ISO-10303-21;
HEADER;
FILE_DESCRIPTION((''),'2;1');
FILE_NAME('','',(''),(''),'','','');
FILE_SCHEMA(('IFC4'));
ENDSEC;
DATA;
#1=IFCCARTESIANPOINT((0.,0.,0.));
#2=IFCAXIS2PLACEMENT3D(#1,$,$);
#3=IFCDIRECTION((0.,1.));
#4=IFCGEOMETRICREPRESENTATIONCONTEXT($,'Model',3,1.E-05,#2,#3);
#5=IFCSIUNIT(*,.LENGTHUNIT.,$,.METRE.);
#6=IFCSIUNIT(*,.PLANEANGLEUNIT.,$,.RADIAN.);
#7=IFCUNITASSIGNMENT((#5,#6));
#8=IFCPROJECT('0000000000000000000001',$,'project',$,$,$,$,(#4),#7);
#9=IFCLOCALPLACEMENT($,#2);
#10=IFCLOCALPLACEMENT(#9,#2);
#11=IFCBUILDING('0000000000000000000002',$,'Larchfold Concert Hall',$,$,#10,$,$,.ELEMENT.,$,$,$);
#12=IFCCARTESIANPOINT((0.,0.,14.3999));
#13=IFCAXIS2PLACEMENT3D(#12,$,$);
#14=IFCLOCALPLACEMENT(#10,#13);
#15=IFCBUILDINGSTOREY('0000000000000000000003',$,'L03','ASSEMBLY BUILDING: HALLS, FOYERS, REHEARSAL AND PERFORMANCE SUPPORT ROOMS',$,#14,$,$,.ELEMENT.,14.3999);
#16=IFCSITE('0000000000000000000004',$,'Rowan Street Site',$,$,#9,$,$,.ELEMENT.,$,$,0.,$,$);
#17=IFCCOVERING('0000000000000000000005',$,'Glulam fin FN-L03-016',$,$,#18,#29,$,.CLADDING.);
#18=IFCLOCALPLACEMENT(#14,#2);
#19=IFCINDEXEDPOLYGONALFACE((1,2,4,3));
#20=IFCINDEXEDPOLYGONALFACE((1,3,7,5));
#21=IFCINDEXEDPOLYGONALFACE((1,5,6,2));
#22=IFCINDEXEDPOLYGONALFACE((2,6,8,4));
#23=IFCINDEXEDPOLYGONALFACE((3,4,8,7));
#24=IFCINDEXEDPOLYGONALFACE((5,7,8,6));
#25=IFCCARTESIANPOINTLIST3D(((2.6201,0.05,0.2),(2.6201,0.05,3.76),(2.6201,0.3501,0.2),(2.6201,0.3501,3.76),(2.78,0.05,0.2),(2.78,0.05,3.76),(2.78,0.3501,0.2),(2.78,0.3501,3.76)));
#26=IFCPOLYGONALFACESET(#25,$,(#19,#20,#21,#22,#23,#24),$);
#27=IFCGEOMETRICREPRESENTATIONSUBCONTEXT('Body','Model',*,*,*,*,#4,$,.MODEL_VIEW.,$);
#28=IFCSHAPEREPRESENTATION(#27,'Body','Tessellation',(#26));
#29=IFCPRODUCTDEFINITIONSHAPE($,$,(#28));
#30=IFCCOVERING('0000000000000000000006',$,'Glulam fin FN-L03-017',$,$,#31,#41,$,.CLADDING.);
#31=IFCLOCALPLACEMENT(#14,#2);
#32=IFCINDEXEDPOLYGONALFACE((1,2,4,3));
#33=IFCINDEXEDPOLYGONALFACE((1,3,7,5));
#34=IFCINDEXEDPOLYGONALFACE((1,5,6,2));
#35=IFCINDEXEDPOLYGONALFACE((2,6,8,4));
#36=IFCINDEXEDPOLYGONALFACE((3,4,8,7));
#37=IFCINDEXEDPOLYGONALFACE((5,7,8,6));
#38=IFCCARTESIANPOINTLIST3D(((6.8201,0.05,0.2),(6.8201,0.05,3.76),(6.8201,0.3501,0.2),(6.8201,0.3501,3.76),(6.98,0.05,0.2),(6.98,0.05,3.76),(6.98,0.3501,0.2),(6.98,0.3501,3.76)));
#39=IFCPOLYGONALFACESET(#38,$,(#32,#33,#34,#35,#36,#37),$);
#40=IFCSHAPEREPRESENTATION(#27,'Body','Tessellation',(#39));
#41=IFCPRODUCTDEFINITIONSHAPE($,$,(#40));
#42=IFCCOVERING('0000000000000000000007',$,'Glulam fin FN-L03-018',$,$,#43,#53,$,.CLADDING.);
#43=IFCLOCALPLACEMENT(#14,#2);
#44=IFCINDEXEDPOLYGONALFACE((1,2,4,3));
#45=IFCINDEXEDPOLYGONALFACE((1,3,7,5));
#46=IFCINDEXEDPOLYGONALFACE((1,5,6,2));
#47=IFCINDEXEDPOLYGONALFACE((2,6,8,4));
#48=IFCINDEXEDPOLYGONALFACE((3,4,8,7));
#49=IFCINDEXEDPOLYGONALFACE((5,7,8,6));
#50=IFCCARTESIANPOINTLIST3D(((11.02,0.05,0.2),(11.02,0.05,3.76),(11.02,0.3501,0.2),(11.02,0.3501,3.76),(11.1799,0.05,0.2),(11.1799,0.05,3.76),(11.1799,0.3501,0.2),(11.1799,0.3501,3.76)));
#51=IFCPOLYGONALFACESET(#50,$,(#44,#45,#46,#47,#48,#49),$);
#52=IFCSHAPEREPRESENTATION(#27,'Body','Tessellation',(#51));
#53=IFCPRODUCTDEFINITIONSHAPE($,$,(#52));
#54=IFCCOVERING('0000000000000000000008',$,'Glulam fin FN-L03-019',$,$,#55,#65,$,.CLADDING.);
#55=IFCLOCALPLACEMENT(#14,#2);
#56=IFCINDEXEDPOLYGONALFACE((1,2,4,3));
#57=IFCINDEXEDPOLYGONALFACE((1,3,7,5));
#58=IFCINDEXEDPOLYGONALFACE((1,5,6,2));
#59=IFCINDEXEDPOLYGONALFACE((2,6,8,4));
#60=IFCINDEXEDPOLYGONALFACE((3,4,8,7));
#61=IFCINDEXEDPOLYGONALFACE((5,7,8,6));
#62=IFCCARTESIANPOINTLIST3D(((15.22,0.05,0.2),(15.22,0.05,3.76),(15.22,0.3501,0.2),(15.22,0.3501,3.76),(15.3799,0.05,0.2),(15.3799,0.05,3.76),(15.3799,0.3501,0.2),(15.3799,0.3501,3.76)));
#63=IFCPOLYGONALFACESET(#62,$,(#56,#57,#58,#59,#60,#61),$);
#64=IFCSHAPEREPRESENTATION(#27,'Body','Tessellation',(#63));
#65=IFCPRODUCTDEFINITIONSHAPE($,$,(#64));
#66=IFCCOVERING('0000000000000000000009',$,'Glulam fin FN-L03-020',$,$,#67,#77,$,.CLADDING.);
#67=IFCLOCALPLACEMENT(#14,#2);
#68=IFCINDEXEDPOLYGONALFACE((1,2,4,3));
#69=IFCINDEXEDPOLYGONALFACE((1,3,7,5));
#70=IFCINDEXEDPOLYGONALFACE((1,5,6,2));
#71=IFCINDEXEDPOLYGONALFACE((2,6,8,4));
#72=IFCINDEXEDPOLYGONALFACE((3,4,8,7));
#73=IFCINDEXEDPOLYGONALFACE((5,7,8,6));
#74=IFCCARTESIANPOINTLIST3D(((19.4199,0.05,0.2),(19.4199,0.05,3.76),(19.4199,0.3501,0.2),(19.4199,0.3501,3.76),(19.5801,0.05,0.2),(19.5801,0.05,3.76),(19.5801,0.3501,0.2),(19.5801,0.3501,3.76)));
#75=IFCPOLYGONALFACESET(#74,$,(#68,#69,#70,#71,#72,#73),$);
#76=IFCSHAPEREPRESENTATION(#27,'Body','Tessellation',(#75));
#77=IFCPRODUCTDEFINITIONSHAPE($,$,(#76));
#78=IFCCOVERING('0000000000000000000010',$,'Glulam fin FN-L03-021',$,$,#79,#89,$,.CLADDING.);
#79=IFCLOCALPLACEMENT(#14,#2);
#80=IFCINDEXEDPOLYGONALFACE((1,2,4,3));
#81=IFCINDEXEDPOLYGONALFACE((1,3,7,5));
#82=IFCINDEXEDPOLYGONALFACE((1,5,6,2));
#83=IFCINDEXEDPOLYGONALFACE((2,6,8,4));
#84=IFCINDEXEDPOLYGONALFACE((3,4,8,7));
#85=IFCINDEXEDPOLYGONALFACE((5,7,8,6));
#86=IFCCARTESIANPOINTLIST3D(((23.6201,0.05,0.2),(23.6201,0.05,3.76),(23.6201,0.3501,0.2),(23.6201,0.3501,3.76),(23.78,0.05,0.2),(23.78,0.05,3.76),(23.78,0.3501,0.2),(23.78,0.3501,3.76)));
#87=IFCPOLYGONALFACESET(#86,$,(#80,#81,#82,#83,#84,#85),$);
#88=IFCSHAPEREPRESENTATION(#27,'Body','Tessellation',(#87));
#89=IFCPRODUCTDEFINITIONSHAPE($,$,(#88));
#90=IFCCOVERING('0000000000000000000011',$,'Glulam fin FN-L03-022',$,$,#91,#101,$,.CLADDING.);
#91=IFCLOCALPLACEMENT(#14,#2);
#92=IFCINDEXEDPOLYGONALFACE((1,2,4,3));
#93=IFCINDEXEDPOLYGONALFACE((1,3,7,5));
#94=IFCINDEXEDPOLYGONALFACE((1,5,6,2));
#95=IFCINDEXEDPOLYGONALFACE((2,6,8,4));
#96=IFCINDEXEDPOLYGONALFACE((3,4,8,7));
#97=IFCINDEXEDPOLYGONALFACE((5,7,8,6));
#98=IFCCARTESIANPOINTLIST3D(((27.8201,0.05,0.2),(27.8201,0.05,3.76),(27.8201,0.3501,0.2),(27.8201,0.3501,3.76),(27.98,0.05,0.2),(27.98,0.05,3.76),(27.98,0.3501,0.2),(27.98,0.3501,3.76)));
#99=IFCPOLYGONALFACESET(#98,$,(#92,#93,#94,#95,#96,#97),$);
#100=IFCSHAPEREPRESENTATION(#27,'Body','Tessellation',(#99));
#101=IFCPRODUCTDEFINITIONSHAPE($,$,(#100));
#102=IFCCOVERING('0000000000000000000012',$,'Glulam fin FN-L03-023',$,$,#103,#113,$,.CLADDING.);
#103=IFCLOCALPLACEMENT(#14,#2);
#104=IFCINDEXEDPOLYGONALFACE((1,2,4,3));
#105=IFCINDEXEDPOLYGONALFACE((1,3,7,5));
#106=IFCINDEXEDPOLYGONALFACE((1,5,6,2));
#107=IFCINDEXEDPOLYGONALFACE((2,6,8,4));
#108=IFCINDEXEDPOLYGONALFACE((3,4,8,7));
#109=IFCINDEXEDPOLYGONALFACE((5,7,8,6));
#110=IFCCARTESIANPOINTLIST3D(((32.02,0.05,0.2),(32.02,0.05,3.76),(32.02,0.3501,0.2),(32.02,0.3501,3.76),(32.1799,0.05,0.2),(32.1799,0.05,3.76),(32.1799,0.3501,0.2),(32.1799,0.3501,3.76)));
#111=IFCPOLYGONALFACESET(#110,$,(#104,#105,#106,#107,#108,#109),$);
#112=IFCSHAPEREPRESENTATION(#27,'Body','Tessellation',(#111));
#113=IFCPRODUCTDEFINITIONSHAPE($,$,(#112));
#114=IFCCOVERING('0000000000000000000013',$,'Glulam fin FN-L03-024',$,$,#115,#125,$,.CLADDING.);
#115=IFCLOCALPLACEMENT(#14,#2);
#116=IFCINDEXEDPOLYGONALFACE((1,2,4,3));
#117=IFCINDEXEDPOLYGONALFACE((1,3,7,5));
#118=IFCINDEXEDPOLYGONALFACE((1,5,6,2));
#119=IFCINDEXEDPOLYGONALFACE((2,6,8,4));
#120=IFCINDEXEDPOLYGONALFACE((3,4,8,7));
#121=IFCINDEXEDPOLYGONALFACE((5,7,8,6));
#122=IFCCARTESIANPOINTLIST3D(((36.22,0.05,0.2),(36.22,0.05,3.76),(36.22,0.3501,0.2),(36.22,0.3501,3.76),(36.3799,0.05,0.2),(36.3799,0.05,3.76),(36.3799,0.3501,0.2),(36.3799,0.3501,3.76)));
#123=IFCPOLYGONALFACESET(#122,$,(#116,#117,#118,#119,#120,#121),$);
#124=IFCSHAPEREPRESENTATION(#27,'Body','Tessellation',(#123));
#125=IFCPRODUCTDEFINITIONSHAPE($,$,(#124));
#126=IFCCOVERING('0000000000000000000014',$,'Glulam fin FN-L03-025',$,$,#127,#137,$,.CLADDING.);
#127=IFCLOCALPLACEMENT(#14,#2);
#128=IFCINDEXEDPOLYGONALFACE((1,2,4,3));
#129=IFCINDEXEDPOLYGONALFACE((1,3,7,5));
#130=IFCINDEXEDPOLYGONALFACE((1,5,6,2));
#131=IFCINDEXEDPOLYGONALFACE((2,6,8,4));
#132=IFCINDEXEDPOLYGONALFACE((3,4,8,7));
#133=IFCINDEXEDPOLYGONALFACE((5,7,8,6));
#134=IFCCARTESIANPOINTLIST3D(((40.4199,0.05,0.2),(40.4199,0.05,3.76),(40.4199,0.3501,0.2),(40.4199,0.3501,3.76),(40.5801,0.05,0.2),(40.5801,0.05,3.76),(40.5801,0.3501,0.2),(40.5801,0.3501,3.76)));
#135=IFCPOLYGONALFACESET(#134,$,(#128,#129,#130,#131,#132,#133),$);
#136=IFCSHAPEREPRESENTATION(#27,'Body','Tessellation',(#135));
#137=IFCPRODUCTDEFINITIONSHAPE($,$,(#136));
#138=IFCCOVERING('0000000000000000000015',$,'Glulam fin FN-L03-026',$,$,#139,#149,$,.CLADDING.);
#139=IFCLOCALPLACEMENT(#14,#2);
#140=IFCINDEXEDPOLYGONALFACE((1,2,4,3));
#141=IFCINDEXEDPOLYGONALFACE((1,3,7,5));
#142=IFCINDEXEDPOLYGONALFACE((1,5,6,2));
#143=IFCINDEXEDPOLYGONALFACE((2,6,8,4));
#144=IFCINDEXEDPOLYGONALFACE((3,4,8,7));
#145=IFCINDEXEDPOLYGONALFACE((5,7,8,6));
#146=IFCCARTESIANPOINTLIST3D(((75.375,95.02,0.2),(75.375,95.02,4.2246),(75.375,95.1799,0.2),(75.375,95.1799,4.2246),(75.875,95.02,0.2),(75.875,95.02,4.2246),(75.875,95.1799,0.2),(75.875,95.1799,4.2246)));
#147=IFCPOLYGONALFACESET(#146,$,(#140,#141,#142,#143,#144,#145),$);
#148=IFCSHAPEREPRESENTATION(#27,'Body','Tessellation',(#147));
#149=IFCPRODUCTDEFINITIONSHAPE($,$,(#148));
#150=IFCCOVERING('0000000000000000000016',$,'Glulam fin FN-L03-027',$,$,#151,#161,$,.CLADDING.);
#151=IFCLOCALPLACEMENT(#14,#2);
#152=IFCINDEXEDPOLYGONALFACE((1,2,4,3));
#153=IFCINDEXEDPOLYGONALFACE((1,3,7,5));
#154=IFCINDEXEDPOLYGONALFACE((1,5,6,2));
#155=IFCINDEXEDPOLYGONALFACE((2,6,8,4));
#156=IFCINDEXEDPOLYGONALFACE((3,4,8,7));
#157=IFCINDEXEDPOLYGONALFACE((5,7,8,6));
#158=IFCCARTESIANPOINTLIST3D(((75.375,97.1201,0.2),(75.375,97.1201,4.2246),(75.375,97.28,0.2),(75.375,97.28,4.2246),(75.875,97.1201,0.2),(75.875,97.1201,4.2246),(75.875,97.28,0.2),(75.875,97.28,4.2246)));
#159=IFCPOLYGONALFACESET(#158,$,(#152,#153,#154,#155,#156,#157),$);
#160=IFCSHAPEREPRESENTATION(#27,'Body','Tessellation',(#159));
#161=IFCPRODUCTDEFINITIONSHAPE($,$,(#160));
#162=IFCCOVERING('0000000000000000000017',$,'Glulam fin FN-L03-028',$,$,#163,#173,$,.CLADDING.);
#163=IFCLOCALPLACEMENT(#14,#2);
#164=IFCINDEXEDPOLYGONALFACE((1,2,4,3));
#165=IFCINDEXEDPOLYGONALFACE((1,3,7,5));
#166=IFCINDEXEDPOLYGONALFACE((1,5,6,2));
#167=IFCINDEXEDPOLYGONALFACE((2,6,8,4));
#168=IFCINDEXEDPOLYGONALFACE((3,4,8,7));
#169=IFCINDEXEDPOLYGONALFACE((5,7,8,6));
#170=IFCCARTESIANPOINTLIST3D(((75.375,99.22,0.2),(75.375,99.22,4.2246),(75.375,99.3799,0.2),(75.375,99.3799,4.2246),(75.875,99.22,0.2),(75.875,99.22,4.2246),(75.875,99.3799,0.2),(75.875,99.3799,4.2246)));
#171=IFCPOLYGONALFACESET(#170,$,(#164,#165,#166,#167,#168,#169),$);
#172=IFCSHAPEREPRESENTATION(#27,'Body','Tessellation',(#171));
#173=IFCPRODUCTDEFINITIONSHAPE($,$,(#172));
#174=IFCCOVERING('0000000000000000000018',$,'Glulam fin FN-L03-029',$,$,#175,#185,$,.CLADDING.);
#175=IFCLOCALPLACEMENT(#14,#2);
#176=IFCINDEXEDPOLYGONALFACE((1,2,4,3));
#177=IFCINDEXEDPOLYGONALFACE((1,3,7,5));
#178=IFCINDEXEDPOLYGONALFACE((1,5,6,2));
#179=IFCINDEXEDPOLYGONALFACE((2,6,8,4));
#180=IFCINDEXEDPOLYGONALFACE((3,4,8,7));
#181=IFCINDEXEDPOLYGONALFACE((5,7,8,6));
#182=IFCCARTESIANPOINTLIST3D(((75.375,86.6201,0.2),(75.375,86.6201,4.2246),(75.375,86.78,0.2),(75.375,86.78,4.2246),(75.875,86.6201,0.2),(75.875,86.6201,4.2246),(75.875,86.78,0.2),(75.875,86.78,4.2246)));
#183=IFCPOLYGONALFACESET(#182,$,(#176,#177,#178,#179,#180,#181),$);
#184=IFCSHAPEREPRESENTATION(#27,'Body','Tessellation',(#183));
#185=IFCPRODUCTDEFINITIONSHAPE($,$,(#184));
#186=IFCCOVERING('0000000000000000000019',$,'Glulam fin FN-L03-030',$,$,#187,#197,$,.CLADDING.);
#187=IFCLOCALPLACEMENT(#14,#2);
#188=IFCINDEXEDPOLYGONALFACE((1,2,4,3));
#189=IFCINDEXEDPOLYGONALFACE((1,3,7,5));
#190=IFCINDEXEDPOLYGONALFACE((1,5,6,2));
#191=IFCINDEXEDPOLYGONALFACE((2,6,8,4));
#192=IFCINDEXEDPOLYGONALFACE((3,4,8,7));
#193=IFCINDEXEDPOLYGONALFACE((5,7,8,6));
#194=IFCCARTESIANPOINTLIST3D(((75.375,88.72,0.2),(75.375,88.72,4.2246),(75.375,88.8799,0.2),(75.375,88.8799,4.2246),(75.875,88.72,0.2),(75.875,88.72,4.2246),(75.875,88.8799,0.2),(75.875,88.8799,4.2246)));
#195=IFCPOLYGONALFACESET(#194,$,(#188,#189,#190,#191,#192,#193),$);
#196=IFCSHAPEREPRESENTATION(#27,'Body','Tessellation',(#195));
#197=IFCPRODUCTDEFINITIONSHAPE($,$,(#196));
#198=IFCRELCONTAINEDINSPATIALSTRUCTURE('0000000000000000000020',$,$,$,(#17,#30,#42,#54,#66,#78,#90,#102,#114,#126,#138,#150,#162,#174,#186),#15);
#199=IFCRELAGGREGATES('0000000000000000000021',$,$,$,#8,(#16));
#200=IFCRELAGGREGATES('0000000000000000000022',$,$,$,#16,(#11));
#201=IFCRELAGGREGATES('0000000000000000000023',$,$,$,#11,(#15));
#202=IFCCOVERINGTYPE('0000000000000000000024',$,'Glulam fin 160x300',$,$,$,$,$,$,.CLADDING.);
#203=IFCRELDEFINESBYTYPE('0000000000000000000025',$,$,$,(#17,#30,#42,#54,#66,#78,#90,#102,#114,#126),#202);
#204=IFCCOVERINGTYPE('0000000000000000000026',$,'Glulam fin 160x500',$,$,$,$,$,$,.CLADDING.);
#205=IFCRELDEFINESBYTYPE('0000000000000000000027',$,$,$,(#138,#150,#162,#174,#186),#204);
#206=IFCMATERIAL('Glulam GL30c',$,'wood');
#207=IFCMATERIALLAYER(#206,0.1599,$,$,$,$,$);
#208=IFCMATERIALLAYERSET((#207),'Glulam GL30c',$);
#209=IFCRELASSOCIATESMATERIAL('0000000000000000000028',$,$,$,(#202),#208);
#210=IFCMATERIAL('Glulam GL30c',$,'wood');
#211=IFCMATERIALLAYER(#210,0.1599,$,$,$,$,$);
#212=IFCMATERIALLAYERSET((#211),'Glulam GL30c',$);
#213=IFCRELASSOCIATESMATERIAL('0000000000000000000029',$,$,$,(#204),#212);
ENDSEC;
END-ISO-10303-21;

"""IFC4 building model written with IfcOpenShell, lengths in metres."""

from ifc_helpers import new_model, si_unit, direction, frame, origin, place, context, subcontext, project, spatial, polyline, outline, extrude, material, layer, layer_set, type_object, element, save


model = new_model("IFC4")

# Units and contexts
model_context = context("Model", 3, precision=1e-05, world=origin(), true_north=direction((0.0, 1.0)))
body_context = subcontext(model_context, "Body", "Model", "MODEL_VIEW")
ifc_project = project(units=[si_unit("LENGTHUNIT", "METRE"), si_unit("PLANEANGLEUNIT", "RADIAN")], contexts=[model_context])

# Site, building, storey
site_placement = place(None, origin())
site = spatial("IfcSite", under=ifc_project, at=site_placement, Name="Rowan Street Site", CompositionType="ELEMENT", RefElevation=0.0)
building_placement = place(site_placement, origin())
building = spatial("IfcBuilding", under=site, at=building_placement, Name="Larchfold Concert Hall", CompositionType="ELEMENT")
storey_placement = place(building_placement, frame((0.0, 0.0, 14.3999)))
storey = spatial("IfcBuildingStorey", under=building, at=storey_placement, Name="L03", Description="ASSEMBLY BUILDING: HALLS, FOYERS, REHEARSAL AND PERFORMANCE SUPPORT ROOMS", CompositionType="ELEMENT", Elevation=14.3999)

# Coverings
ifc_material_1 = material(Name="Glulam GL30c", Category="wood")
ifc_layer_1 = layer(ifc_material_1, 0.1599)
ifc_layer_set_1 = layer_set([ifc_layer_1], Name="Glulam GL30c")
covering_type_1 = type_object("IfcCoveringType", Name="Glulam fin 160x300", PredefinedType="CLADDING", material=ifc_layer_set_1)
covering_1_placement = place(storey_placement, frame((0.0, 0.0, 0.2)))
element("IfcCovering", 1, at=covering_1_placement, inside=storey, type_object=covering_type_1, Name="Glulam fin FN-L03-016", PredefinedType="CLADDING", context=body_context, shape_type="SweptSolid", body=[
    extrude(outline(polyline([(2.78, 0.05), (2.78, 0.3501), (2.6201, 0.3501), (2.6201, 0.05), (2.78, 0.05)])), origin(), (0.0, 0.0, 1.0), 3.5601),
])
covering_2_placement = place(storey_placement, frame((0.0, 0.0, 0.2)))
element("IfcCovering", 2, at=covering_2_placement, inside=storey, type_object=covering_type_1, Name="Glulam fin FN-L03-017", PredefinedType="CLADDING", context=body_context, shape_type="SweptSolid", body=[
    extrude(outline(polyline([(6.98, 0.05), (6.98, 0.3501), (6.8201, 0.3501), (6.8201, 0.05), (6.98, 0.05)])), origin(), (0.0, 0.0, 1.0), 3.5601),
])
covering_3_placement = place(storey_placement, frame((0.0, 0.0, 0.2)))
element("IfcCovering", 3, at=covering_3_placement, inside=storey, type_object=covering_type_1, Name="Glulam fin FN-L03-018", PredefinedType="CLADDING", context=body_context, shape_type="SweptSolid", body=[
    extrude(outline(polyline([(11.1799, 0.05), (11.1799, 0.3501), (11.02, 0.3501), (11.02, 0.05), (11.1799, 0.05)])), origin(), (0.0, 0.0, 1.0), 3.5601),
])
covering_4_placement = place(storey_placement, frame((0.0, 0.0, 0.2)))
element("IfcCovering", 4, at=covering_4_placement, inside=storey, type_object=covering_type_1, Name="Glulam fin FN-L03-019", PredefinedType="CLADDING", context=body_context, shape_type="SweptSolid", body=[
    extrude(outline(polyline([(15.3799, 0.05), (15.3799, 0.3501), (15.22, 0.3501), (15.22, 0.05), (15.3799, 0.05)])), origin(), (0.0, 0.0, 1.0), 3.5601),
])
covering_5_placement = place(storey_placement, frame((0.0, 0.0, 0.2)))
element("IfcCovering", 5, at=covering_5_placement, inside=storey, type_object=covering_type_1, Name="Glulam fin FN-L03-020", PredefinedType="CLADDING", context=body_context, shape_type="SweptSolid", body=[
    extrude(outline(polyline([(19.5801, 0.05), (19.5801, 0.3501), (19.4199, 0.3501), (19.4199, 0.05), (19.5801, 0.05)])), origin(), (0.0, 0.0, 1.0), 3.5601),
])
covering_6_placement = place(storey_placement, frame((0.0, 0.0, 0.2)))
element("IfcCovering", 6, at=covering_6_placement, inside=storey, type_object=covering_type_1, Name="Glulam fin FN-L03-021", PredefinedType="CLADDING", context=body_context, shape_type="SweptSolid", body=[
    extrude(outline(polyline([(23.78, 0.05), (23.78, 0.3501), (23.6201, 0.3501), (23.6201, 0.05), (23.78, 0.05)])), origin(), (0.0, 0.0, 1.0), 3.5601),
])
covering_7_placement = place(storey_placement, frame((0.0, 0.0, 0.2)))
element("IfcCovering", 7, at=covering_7_placement, inside=storey, type_object=covering_type_1, Name="Glulam fin FN-L03-022", PredefinedType="CLADDING", context=body_context, shape_type="SweptSolid", body=[
    extrude(outline(polyline([(27.98, 0.05), (27.98, 0.3501), (27.8201, 0.3501), (27.8201, 0.05), (27.98, 0.05)])), origin(), (0.0, 0.0, 1.0), 3.5601),
])
covering_8_placement = place(storey_placement, frame((0.0, 0.0, 0.2)))
element("IfcCovering", 8, at=covering_8_placement, inside=storey, type_object=covering_type_1, Name="Glulam fin FN-L03-023", PredefinedType="CLADDING", context=body_context, shape_type="SweptSolid", body=[
    extrude(outline(polyline([(32.1799, 0.05), (32.1799, 0.3501), (32.02, 0.3501), (32.02, 0.05), (32.1799, 0.05)])), origin(), (0.0, 0.0, 1.0), 3.5601),
])
covering_9_placement = place(storey_placement, frame((0.0, 0.0, 0.2)))
element("IfcCovering", 9, at=covering_9_placement, inside=storey, type_object=covering_type_1, Name="Glulam fin FN-L03-024", PredefinedType="CLADDING", context=body_context, shape_type="SweptSolid", body=[
    extrude(outline(polyline([(36.3799, 0.05), (36.3799, 0.3501), (36.22, 0.3501), (36.22, 0.05), (36.3799, 0.05)])), origin(), (0.0, 0.0, 1.0), 3.5601),
])
covering_10_placement = place(storey_placement, frame((0.0, 0.0, 0.2)))
element("IfcCovering", 10, at=covering_10_placement, inside=storey, type_object=covering_type_1, Name="Glulam fin FN-L03-025", PredefinedType="CLADDING", context=body_context, shape_type="SweptSolid", body=[
    extrude(outline(polyline([(40.5801, 0.05), (40.5801, 0.3501), (40.4199, 0.3501), (40.4199, 0.05), (40.5801, 0.05)])), origin(), (0.0, 0.0, 1.0), 3.5601),
])
ifc_material_2 = material(Name="Glulam GL30c", Category="wood")
ifc_layer_2 = layer(ifc_material_2, 0.1599)
ifc_layer_set_2 = layer_set([ifc_layer_2], Name="Glulam GL30c")
covering_type_2 = type_object("IfcCoveringType", Name="Glulam fin 160x500", PredefinedType="CLADDING", material=ifc_layer_set_2)
covering_11_placement = place(storey_placement, frame((0.0, 0.0, 0.2)))
element("IfcCovering", 11, at=covering_11_placement, inside=storey, type_object=covering_type_2, Name="Glulam fin FN-L03-026", PredefinedType="CLADDING", context=body_context, shape_type="SweptSolid", body=[
    extrude(outline(polyline([(75.875, 95.02), (75.875, 95.1799), (75.375, 95.1799), (75.375, 95.02), (75.875, 95.02)])), origin(), (0.0, 0.0, 1.0), 4.0247),
])
covering_12_placement = place(storey_placement, frame((0.0, 0.0, 0.2)))
element("IfcCovering", 12, at=covering_12_placement, inside=storey, type_object=covering_type_2, Name="Glulam fin FN-L03-027", PredefinedType="CLADDING", context=body_context, shape_type="SweptSolid", body=[
    extrude(outline(polyline([(75.875, 97.1201), (75.875, 97.28), (75.375, 97.28), (75.375, 97.1201), (75.875, 97.1201)])), origin(), (0.0, 0.0, 1.0), 4.0247),
])
covering_13_placement = place(storey_placement, frame((0.0, 0.0, 0.2)))
element("IfcCovering", 13, at=covering_13_placement, inside=storey, type_object=covering_type_2, Name="Glulam fin FN-L03-028", PredefinedType="CLADDING", context=body_context, shape_type="SweptSolid", body=[
    extrude(outline(polyline([(75.875, 99.22), (75.875, 99.3799), (75.375, 99.3799), (75.375, 99.22), (75.875, 99.22)])), origin(), (0.0, 0.0, 1.0), 4.0247),
])
covering_14_placement = place(storey_placement, frame((0.0, 0.0, 0.2)))
element("IfcCovering", 14, at=covering_14_placement, inside=storey, type_object=covering_type_2, Name="Glulam fin FN-L03-029", PredefinedType="CLADDING", context=body_context, shape_type="SweptSolid", body=[
    extrude(outline(polyline([(75.875, 86.6201), (75.875, 86.78), (75.375, 86.78), (75.375, 86.6201), (75.875, 86.6201)])), origin(), (0.0, 0.0, 1.0), 4.0247),
])
covering_15_placement = place(storey_placement, frame((0.0, 0.0, 0.2)))
element("IfcCovering", 15, at=covering_15_placement, inside=storey, type_object=covering_type_2, Name="Glulam fin FN-L03-030", PredefinedType="CLADDING", context=body_context, shape_type="SweptSolid", body=[
    extrude(outline(polyline([(75.875, 88.72), (75.875, 88.8799), (75.375, 88.8799), (75.375, 88.72), (75.875, 88.72)])), origin(), (0.0, 0.0, 1.0), 4.0247),
])

save(model, "model.ifc")
